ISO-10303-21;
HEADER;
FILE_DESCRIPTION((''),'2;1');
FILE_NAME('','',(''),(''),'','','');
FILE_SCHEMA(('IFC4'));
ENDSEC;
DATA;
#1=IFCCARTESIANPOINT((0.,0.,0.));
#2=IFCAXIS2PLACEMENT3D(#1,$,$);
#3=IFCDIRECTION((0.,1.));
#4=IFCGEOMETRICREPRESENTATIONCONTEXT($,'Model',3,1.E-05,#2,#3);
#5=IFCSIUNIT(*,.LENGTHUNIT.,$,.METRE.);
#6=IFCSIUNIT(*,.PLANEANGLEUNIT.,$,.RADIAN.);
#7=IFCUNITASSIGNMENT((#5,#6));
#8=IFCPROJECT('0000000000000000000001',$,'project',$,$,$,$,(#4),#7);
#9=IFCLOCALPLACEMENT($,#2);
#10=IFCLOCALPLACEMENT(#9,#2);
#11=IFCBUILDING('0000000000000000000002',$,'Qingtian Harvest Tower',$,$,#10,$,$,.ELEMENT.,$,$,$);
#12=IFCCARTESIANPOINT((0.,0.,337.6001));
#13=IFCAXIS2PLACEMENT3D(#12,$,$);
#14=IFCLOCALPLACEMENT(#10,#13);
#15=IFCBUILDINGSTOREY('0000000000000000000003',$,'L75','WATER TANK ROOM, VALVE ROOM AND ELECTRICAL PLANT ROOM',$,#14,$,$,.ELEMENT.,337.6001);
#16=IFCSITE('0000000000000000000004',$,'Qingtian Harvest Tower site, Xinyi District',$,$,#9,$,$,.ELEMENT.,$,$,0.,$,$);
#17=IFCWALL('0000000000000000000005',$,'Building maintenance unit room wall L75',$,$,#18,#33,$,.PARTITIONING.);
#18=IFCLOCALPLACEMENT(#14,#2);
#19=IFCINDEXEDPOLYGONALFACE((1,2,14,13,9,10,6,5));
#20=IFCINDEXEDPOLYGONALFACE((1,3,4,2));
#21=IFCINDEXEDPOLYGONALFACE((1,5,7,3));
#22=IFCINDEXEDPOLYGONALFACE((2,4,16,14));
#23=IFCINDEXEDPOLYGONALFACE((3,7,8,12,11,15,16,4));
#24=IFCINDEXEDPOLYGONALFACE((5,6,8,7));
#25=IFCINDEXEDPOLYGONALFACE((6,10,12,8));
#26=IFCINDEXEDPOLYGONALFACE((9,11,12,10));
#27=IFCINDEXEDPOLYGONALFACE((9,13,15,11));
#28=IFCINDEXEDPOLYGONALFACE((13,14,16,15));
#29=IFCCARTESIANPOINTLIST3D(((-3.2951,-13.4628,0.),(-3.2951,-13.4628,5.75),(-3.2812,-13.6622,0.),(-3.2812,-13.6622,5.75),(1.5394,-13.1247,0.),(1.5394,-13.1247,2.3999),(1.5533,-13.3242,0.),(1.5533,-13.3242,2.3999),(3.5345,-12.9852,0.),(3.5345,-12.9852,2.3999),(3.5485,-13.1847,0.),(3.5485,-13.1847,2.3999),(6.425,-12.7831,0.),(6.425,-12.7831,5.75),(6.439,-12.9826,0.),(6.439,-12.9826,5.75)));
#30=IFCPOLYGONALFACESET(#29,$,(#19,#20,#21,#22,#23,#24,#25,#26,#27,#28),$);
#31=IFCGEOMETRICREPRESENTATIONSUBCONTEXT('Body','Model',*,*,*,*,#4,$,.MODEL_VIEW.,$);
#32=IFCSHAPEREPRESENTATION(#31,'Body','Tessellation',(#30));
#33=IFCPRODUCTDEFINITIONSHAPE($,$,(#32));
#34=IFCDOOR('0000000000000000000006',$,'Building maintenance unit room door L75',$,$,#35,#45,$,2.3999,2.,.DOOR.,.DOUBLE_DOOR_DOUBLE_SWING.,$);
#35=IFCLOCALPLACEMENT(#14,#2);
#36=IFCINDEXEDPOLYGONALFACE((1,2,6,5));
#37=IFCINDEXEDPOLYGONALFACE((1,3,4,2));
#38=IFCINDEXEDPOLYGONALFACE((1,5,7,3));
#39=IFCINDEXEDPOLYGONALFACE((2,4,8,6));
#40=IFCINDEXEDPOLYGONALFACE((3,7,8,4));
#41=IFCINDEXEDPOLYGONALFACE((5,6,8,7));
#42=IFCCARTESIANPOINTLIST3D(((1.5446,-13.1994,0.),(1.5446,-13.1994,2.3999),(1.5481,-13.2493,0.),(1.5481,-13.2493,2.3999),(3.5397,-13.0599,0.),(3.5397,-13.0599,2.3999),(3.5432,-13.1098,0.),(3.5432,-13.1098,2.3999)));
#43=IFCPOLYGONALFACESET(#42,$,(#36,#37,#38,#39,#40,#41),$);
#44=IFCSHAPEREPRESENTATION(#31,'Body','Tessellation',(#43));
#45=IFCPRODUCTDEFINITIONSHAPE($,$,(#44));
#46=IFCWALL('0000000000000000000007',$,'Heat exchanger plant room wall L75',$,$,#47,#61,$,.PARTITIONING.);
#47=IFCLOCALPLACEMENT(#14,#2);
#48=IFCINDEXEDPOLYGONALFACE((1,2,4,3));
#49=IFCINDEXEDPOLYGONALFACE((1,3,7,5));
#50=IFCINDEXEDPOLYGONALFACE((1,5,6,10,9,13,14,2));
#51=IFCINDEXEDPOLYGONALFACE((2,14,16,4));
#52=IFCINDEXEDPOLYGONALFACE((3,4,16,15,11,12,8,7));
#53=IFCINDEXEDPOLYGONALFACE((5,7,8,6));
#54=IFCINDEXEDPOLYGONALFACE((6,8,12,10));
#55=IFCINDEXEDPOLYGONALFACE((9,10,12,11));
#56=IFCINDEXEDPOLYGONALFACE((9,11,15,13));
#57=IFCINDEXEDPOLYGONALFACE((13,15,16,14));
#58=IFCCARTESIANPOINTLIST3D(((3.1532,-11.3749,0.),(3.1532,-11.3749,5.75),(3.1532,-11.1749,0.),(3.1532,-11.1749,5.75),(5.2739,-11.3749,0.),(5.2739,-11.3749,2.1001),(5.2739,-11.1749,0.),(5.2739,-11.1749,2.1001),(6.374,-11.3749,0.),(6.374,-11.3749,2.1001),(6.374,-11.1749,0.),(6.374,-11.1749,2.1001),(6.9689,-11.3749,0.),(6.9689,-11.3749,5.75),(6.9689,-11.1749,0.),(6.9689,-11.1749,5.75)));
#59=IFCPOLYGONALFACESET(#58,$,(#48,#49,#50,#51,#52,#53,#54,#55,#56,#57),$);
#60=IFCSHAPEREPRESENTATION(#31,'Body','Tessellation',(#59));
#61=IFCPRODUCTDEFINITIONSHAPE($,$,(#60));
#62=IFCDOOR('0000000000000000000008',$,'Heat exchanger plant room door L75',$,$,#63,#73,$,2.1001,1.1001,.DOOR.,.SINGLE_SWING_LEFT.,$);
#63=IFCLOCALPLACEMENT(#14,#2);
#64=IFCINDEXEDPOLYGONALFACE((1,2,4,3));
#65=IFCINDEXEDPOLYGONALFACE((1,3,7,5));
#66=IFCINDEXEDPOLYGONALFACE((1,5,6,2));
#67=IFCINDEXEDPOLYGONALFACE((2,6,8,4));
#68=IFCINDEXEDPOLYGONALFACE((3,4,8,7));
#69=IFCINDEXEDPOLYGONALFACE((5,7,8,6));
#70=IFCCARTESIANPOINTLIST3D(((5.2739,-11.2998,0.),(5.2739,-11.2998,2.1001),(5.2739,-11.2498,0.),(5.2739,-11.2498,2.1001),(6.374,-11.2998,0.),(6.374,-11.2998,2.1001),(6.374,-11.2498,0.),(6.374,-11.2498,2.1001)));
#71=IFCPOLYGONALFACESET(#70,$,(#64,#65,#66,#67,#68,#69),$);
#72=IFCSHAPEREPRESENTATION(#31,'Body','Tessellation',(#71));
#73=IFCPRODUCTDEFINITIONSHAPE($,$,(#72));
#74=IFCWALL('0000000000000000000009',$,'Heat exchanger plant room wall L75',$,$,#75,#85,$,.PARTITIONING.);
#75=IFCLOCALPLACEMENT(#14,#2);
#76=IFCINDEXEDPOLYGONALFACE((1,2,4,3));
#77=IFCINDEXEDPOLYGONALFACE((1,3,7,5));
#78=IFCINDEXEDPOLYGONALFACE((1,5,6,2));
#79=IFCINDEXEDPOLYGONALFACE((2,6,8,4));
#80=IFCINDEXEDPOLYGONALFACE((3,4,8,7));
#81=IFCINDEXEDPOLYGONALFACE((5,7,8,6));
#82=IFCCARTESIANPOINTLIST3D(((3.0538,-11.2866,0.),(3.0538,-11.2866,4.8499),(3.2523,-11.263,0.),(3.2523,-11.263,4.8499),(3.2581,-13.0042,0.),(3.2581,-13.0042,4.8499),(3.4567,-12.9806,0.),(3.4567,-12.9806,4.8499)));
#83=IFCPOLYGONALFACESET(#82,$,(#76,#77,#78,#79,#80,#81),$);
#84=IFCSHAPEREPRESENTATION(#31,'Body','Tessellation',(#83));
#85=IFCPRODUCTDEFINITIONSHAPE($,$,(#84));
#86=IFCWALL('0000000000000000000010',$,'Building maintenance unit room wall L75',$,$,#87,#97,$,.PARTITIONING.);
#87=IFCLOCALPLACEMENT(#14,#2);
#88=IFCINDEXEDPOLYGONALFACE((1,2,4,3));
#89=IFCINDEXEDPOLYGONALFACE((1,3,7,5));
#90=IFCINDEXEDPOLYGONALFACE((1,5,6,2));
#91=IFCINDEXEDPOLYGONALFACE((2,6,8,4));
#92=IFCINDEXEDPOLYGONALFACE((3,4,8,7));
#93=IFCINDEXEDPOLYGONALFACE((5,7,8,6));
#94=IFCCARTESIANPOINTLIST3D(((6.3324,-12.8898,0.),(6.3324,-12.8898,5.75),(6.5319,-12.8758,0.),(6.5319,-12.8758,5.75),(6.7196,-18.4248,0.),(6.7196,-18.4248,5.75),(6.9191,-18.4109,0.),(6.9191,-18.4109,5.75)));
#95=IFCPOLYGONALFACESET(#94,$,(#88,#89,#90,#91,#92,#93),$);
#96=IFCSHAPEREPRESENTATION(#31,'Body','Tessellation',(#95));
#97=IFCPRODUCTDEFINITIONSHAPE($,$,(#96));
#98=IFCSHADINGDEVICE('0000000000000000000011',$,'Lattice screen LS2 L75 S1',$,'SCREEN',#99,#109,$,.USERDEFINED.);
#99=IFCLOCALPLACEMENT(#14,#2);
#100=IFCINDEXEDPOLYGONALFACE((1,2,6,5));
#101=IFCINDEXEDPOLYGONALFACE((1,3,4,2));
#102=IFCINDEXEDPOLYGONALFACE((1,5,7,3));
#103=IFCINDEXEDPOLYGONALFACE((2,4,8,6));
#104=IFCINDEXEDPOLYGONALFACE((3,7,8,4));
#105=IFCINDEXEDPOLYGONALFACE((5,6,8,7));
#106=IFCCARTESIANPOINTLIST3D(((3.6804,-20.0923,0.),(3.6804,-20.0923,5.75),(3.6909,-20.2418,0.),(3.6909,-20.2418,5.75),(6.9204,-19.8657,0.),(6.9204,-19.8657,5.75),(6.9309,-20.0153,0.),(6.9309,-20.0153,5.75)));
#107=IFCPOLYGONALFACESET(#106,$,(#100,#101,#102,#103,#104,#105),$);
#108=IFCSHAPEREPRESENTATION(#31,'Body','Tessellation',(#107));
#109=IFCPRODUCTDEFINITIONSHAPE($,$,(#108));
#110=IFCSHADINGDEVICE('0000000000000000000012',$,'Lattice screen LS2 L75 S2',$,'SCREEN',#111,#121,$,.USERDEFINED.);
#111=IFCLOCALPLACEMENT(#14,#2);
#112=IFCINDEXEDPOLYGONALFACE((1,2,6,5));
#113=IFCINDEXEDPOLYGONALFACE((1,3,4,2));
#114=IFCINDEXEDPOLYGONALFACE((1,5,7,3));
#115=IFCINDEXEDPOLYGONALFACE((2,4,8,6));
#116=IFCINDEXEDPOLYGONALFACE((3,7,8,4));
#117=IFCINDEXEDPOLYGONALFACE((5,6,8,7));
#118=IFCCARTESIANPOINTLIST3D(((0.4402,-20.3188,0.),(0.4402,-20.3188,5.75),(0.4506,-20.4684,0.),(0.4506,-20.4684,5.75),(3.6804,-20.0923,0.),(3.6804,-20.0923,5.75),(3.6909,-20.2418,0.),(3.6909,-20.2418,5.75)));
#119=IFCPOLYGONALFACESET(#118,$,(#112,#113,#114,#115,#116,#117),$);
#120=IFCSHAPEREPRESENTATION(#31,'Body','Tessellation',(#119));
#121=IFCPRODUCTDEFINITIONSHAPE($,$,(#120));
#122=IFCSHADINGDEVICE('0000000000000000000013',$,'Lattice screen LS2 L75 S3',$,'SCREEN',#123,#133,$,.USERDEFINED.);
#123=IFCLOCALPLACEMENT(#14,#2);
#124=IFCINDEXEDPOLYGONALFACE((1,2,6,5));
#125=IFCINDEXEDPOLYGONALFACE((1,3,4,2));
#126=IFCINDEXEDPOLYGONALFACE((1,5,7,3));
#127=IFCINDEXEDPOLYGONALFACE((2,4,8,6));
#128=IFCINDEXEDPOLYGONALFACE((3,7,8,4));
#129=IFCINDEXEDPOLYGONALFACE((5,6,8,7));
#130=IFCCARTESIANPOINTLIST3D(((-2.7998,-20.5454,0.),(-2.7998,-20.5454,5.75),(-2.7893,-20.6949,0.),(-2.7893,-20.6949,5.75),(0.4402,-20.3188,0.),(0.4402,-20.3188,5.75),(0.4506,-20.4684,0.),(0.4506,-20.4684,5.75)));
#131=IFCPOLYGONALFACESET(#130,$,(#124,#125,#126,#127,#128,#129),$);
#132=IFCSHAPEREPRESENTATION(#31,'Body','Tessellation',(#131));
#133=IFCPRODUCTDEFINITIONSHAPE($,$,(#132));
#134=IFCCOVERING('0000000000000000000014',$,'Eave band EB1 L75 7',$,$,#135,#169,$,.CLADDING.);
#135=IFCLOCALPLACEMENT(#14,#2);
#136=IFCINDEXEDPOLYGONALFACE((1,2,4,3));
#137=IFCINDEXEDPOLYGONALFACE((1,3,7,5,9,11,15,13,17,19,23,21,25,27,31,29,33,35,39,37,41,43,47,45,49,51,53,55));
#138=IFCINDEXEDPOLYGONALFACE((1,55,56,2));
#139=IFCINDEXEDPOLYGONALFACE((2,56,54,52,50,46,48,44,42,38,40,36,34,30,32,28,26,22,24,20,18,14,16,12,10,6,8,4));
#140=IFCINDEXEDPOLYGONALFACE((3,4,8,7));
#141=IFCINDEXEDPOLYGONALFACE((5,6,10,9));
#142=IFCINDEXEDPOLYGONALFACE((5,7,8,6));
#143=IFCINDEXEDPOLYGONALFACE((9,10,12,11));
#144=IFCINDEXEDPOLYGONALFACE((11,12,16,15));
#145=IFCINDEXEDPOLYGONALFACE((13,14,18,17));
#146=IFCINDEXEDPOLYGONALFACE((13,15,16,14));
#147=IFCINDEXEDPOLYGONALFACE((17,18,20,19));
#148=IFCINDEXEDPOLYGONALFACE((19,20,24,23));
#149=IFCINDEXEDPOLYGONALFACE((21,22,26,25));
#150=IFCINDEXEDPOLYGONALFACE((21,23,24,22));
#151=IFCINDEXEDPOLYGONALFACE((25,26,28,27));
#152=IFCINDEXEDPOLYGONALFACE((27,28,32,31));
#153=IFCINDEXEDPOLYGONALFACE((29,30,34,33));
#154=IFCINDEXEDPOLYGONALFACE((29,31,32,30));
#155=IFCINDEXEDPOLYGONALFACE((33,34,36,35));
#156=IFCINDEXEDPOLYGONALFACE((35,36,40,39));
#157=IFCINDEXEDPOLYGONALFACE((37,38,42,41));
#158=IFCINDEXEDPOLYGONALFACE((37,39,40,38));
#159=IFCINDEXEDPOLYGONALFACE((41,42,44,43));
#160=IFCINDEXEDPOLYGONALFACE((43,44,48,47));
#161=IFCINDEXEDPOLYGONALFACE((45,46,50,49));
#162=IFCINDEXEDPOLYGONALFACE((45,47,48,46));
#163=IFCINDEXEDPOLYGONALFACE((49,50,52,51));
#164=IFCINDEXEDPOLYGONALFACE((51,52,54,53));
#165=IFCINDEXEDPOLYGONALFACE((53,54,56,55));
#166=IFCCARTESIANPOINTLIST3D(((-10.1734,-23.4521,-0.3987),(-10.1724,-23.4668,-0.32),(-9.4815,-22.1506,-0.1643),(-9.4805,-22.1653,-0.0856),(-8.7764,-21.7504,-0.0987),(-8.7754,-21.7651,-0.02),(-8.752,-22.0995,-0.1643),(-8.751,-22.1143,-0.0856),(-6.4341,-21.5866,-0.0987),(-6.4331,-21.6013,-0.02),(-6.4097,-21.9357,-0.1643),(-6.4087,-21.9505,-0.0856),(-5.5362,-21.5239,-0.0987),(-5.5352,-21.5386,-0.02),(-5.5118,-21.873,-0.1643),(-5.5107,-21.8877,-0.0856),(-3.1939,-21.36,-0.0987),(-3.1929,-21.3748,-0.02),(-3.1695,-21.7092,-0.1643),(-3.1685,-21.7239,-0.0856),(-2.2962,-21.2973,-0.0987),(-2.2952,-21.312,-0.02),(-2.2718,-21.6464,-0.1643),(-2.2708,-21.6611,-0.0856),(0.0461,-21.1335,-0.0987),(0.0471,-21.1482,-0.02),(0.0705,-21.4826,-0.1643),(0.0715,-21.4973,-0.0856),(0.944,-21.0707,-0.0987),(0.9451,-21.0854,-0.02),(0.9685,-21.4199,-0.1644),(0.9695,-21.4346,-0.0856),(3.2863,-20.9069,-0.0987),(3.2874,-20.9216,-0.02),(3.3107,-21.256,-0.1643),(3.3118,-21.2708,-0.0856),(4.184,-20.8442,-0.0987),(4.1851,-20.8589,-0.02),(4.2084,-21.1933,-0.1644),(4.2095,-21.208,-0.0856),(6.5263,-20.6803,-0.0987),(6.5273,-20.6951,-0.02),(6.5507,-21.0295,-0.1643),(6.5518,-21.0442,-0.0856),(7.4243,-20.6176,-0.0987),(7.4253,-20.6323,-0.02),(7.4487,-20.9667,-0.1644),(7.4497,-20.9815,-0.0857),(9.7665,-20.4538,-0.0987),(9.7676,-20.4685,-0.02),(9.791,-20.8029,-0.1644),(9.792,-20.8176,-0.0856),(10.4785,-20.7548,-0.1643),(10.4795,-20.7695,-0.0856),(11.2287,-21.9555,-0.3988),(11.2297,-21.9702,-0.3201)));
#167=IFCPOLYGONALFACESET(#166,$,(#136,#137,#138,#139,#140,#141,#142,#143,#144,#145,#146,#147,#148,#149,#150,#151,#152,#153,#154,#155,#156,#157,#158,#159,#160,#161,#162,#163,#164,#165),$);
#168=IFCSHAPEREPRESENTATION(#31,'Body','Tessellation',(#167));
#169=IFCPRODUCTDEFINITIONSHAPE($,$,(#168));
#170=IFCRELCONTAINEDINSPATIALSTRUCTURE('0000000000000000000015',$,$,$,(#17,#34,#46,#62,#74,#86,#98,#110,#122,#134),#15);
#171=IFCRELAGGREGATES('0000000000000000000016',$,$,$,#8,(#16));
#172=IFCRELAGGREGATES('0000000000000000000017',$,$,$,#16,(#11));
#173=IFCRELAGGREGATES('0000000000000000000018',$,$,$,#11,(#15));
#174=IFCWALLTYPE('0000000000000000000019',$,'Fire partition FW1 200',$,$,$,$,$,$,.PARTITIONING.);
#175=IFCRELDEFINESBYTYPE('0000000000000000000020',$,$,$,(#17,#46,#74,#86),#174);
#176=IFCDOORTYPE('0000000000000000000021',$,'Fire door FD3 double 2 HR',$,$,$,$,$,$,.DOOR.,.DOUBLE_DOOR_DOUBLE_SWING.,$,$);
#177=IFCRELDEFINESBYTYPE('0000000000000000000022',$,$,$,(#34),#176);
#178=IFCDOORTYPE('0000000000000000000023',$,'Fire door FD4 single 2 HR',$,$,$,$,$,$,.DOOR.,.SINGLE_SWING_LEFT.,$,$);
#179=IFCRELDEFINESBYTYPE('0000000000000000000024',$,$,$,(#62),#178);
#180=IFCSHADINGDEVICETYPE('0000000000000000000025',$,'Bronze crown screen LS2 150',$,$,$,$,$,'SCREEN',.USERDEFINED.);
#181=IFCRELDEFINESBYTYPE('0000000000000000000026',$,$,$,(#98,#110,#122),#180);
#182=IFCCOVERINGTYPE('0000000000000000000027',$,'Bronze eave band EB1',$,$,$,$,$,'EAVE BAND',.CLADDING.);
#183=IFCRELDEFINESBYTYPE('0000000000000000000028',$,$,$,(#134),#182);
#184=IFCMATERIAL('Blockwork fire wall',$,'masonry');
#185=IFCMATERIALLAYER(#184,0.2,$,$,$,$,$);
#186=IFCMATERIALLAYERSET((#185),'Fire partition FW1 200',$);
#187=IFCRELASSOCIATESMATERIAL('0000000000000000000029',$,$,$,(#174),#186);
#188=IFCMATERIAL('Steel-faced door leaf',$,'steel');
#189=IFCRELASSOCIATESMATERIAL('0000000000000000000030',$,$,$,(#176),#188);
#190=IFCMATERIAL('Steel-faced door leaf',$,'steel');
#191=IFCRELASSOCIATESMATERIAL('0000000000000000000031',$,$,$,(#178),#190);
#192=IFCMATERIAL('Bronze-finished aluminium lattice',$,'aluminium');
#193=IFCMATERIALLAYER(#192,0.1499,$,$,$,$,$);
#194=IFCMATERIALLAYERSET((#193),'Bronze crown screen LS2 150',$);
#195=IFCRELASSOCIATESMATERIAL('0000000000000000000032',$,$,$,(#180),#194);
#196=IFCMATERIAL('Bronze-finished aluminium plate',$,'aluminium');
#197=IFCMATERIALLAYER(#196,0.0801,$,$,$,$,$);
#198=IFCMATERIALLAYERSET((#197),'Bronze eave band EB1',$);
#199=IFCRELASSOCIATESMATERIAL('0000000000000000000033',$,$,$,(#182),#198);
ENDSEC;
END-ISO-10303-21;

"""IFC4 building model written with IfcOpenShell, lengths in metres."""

from ifc_helpers import new_model, si_unit, direction, frame, frame_2d, origin, place, context, subcontext, project, spatial, polyline, rectangle, outline, extrude, material, layer, layer_set, type_object, element, fill, save


model = new_model("IFC4")

# Units and contexts
model_context = context("Model", 3, precision=1e-05, world=origin(), true_north=direction((0.0, 1.0)))
body_context = subcontext(model_context, "Body", "Model", "MODEL_VIEW")
ifc_project = project(units=[si_unit("LENGTHUNIT", "METRE"), si_unit("PLANEANGLEUNIT", "RADIAN")], contexts=[model_context])

# Site, building, storey
site_placement = place(None, origin())
site = spatial("IfcSite", under=ifc_project, at=site_placement, Name="Qingtian Harvest Tower site, Xinyi District", CompositionType="ELEMENT", RefElevation=0.0)
building_placement = place(site_placement, origin())
building = spatial("IfcBuilding", under=site, at=building_placement, Name="Qingtian Harvest Tower", CompositionType="ELEMENT")
storey_placement = place(building_placement, frame((0.0, 0.0, 337.6001)))
storey = spatial("IfcBuildingStorey", under=building, at=storey_placement, Name="L75", Description="WATER TANK ROOM, VALVE ROOM AND ELECTRICAL PLANT ROOM", CompositionType="ELEMENT", Elevation=337.6001)

# Shared definitions
ifc_material_1 = material(Name="Blockwork fire wall", Category="masonry")
ifc_layer_1 = layer(ifc_material_1, 0.2)
ifc_layer_set_1 = layer_set([ifc_layer_1], Name="Fire partition FW1 200")
wall_type = type_object("IfcWallType", Name="Fire partition FW1 200", PredefinedType="PARTITIONING", material=ifc_layer_set_1)

# Walls, openings, doors
wall_1_placement = place(storey_placement, frame((6.4321, -12.8828, 0.0), z_axis=(0.0, 0.0, 1.0), x_axis=(-0.997564, -0.069755, 0.0)))
wall_1 = element("IfcWall", 1, at=wall_1_placement, inside=storey, type_object=wall_type, Name="Building maintenance unit room wall L75", PredefinedType="PARTITIONING", context=body_context, shape_type="SweptSolid", body=[
    extrude(rectangle(XDim=9.7439, YDim=0.2, at=frame_2d((4.8721, 0.0))), origin(), (0.0, 0.0, 1.0), 5.75),
])
opening_1_placement = place(wall_1_placement, frame((2.8977, 0.0, 0.0)))
opening_1 = element("IfcOpeningElement", 2, at=opening_1_placement, cuts=wall_1, PredefinedType="OPENING", context=body_context, shape_type="SweptSolid", body=[
    extrude(rectangle(XDim=2.0, YDim=2.3999, at=frame_2d((1.0, 1.2))), frame((0.0, 0.1099, 0.0), z_axis=(0.0, -1.0, 0.0), x_axis=(1.0, 0.0, 0.0)), (0.0, 0.0, 1.0), 0.22),
])
ifc_material_2 = material(Name="Steel-faced door leaf", Category="steel")
door_type_1 = type_object("IfcDoorType", Name="Fire door FD3 double 2 HR", OperationType="DOUBLE_DOOR_DOUBLE_SWING", PredefinedType="DOOR", material=ifc_material_2)
door_1_placement = place(opening_1_placement, origin())
door_1 = element("IfcDoor", 3, at=door_1_placement, inside=storey, type_object=door_type_1, Name="Building maintenance unit room door L75", OperationType="DOUBLE_DOOR_DOUBLE_SWING", OverallHeight=2.3999, OverallWidth=2.0, PredefinedType="DOOR", context=body_context, shape_type="SweptSolid", body=[
    extrude(rectangle(XDim=2.0, YDim=2.3999, at=frame_2d((1.0, 1.2))), frame((0.0, 0.0249, 0.0), z_axis=(0.0, -1.0, 0.0), x_axis=(1.0, 0.0, 0.0)), (0.0, 0.0, 1.0), 0.05),
])
fill(opening_1, door_1)
wall_2_placement = place(storey_placement, frame((6.9688, -11.2749, 0.0), z_axis=(0.0, 0.0, 1.0), x_axis=(-1.0, 0.0, 0.0)))
wall_2 = element("IfcWall", 4, at=wall_2_placement, inside=storey, type_object=wall_type, Name="Heat exchanger plant room wall L75", PredefinedType="PARTITIONING", context=body_context, shape_type="SweptSolid", body=[
    extrude(rectangle(XDim=3.8157, YDim=0.2, at=frame_2d((1.9077, 0.0))), origin(), (0.0, 0.0, 1.0), 5.75),
])
opening_2_placement = place(wall_2_placement, frame((0.5947, 0.0, 0.0)))
opening_2 = element("IfcOpeningElement", 5, at=opening_2_placement, cuts=wall_2, PredefinedType="OPENING", context=body_context, shape_type="SweptSolid", body=[
    extrude(rectangle(XDim=1.1001, YDim=2.1001, at=frame_2d((0.55, 1.05))), frame((0.0, 0.1099, 0.0), z_axis=(0.0, -1.0, 0.0), x_axis=(1.0, 0.0, 0.0)), (0.0, 0.0, 1.0), 0.22),
])
ifc_material_3 = material(Name="Steel-faced door leaf", Category="steel")
door_type_2 = type_object("IfcDoorType", Name="Fire door FD4 single 2 HR", OperationType="SINGLE_SWING_LEFT", PredefinedType="DOOR", material=ifc_material_3)
door_2_placement = place(opening_2_placement, origin())
door_2 = element("IfcDoor", 6, at=door_2_placement, inside=storey, type_object=door_type_2, Name="Heat exchanger plant room door L75", OperationType="SINGLE_SWING_LEFT", OverallHeight=2.1001, OverallWidth=1.1001, PredefinedType="DOOR", context=body_context, shape_type="SweptSolid", body=[
    extrude(rectangle(XDim=1.1001, YDim=2.1001, at=frame_2d((0.55, 1.05))), frame((0.0, 0.0249, 0.0), z_axis=(0.0, -1.0, 0.0), x_axis=(1.0, 0.0, 0.0)), (0.0, 0.0, 1.0), 0.05),
])
fill(opening_2, door_2)

# Walls
wall_3_placement = place(storey_placement, frame((3.1531, -11.2749, 0.0), z_axis=(0.0, 0.0, 1.0), x_axis=(0.118143, -0.992997, 0.0)))
element("IfcWall", 7, at=wall_3_placement, inside=storey, type_object=wall_type, Name="Heat exchanger plant room wall L75", PredefinedType="PARTITIONING", context=body_context, shape_type="SweptSolid", body=[
    extrude(rectangle(XDim=1.7297, YDim=0.2, at=frame_2d((0.8647, 0.0))), origin(), (0.0, 0.0, 1.0), 4.8499),
])
wall_4_placement = place(storey_placement, frame((6.8193, -18.418, 0.0), z_axis=(0.0, 0.0, 1.0), x_axis=(-0.069784, 0.997562, 0.0)))
element("IfcWall", 8, at=wall_4_placement, inside=storey, type_object=wall_type, Name="Building maintenance unit room wall L75", PredefinedType="PARTITIONING", context=body_context, shape_type="SweptSolid", body=[
    extrude(rectangle(XDim=5.5486, YDim=0.2, at=frame_2d((2.7744, 0.0))), origin(), (0.0, 0.0, 1.0), 5.75),
])

# Shading devices
ifc_material_4 = material(Name="Bronze-finished aluminium lattice", Category="aluminium")
ifc_layer_2 = layer(ifc_material_4, 0.1499)
ifc_layer_set_2 = layer_set([ifc_layer_2], Name="Bronze crown screen LS2 150")
shading_device_type = type_object("IfcShadingDeviceType", Name="Bronze crown screen LS2 150", ElementType="SCREEN", PredefinedType="USERDEFINED", material=ifc_layer_set_2)
shading_device_1_placement = place(storey_placement, frame((6.9204, -19.8657, 0.0), z_axis=(-0.069757, 0.997564, 0.0), x_axis=(-0.997564, -0.069757, 0.0)))
element("IfcShadingDevice", 9, at=shading_device_1_placement, inside=storey, type_object=shading_device_type, Name="Lattice screen LS2 L75 S1", ObjectType="SCREEN", PredefinedType="USERDEFINED", context=body_context, shape_type="SweptSolid", body=[
    extrude(outline(polyline([(0.0, 0.0), (3.2479, 0.0), (3.2479, 5.75), (0.0, 5.75), (0.0, 0.0)])), origin(), (0.0, 0.0, -1.0), 0.1499),
])
shading_device_2_placement = place(storey_placement, frame((3.6804, -20.0923, 0.0), z_axis=(-0.069751, 0.997564, 0.0), x_axis=(-0.997564, -0.069751, 0.0)))
element("IfcShadingDevice", 10, at=shading_device_2_placement, inside=storey, type_object=shading_device_type, Name="Lattice screen LS2 L75 S2", ObjectType="SCREEN", PredefinedType="USERDEFINED", context=body_context, shape_type="SweptSolid", body=[
    extrude(outline(polyline([(0.0, 0.0), (3.2481, 0.0), (3.2481, 5.75), (0.0, 5.75), (0.0, 0.0)])), origin(), (0.0, 0.0, -1.0), 0.1499),
])
shading_device_3_placement = place(storey_placement, frame((0.4402, -20.3188, 0.0), z_axis=(-0.069757, 0.997564, 0.0), x_axis=(-0.997564, -0.069757, 0.0)))
element("IfcShadingDevice", 11, at=shading_device_3_placement, inside=storey, type_object=shading_device_type, Name="Lattice screen LS2 L75 S3", ObjectType="SCREEN", PredefinedType="USERDEFINED", context=body_context, shape_type="SweptSolid", body=[
    extrude(outline(polyline([(0.0, 0.0), (3.2479, 0.0), (3.2479, 5.75), (0.0, 5.75), (0.0, 0.0)])), origin(), (0.0, 0.0, -1.0), 0.1499),
])

# Covering
ifc_material_5 = material(Name="Bronze-finished aluminium plate", Category="aluminium")
ifc_layer_3 = layer(ifc_material_5, 0.0801)
ifc_layer_set_3 = layer_set([ifc_layer_3], Name="Bronze eave band EB1")
covering_type = type_object("IfcCoveringType", Name="Bronze eave band EB1", ElementType="EAVE BAND", PredefinedType="CLADDING", material=ifc_layer_set_3)
covering_placement = place(storey_placement, frame((9.7676, -20.4685, -0.02), z_axis=(0.012857, -0.183853, 0.98287), x_axis=(0.068565, -0.980475, -0.184302)))
element("IfcCovering", 12, at=covering_placement, inside=storey, type_object=covering_type, Name="Eave band EB1 L75 7", PredefinedType="CLADDING", context=body_context, shape_type="SweptSolid", body=[
    extrude(outline(polyline([(0.0, 0.0), (0.3561, 0.0), (0.3561, 0.6892), (1.6279, 1.3538), (1.6279, -20.1005), (0.356, -19.3195), (0.356, -18.5882), (-0.0001, -18.5882), (-0.0001, -16.2402), (0.356, -16.2402), (0.356, -15.3401), (-0.0001, -15.3401), (-0.0001, -12.9921), (0.356, -12.9921), (0.356, -12.0922), (0.0, -12.0922), (-0.0001, -9.7442), (0.356, -9.7442), (0.3561, -8.8441), (0.0, -8.8441), (0.0, -6.496), (0.356, -6.496), (0.3561, -5.5962), (0.0, -5.5962), (0.0, -3.2481), (0.3561, -3.2481), (0.3561, -2.348), (0.0, -2.348), (0.0, 0.0)])), origin(), (0.0, 0.0, -1.0), 0.0801),
])

save(model, "model.ifc")
